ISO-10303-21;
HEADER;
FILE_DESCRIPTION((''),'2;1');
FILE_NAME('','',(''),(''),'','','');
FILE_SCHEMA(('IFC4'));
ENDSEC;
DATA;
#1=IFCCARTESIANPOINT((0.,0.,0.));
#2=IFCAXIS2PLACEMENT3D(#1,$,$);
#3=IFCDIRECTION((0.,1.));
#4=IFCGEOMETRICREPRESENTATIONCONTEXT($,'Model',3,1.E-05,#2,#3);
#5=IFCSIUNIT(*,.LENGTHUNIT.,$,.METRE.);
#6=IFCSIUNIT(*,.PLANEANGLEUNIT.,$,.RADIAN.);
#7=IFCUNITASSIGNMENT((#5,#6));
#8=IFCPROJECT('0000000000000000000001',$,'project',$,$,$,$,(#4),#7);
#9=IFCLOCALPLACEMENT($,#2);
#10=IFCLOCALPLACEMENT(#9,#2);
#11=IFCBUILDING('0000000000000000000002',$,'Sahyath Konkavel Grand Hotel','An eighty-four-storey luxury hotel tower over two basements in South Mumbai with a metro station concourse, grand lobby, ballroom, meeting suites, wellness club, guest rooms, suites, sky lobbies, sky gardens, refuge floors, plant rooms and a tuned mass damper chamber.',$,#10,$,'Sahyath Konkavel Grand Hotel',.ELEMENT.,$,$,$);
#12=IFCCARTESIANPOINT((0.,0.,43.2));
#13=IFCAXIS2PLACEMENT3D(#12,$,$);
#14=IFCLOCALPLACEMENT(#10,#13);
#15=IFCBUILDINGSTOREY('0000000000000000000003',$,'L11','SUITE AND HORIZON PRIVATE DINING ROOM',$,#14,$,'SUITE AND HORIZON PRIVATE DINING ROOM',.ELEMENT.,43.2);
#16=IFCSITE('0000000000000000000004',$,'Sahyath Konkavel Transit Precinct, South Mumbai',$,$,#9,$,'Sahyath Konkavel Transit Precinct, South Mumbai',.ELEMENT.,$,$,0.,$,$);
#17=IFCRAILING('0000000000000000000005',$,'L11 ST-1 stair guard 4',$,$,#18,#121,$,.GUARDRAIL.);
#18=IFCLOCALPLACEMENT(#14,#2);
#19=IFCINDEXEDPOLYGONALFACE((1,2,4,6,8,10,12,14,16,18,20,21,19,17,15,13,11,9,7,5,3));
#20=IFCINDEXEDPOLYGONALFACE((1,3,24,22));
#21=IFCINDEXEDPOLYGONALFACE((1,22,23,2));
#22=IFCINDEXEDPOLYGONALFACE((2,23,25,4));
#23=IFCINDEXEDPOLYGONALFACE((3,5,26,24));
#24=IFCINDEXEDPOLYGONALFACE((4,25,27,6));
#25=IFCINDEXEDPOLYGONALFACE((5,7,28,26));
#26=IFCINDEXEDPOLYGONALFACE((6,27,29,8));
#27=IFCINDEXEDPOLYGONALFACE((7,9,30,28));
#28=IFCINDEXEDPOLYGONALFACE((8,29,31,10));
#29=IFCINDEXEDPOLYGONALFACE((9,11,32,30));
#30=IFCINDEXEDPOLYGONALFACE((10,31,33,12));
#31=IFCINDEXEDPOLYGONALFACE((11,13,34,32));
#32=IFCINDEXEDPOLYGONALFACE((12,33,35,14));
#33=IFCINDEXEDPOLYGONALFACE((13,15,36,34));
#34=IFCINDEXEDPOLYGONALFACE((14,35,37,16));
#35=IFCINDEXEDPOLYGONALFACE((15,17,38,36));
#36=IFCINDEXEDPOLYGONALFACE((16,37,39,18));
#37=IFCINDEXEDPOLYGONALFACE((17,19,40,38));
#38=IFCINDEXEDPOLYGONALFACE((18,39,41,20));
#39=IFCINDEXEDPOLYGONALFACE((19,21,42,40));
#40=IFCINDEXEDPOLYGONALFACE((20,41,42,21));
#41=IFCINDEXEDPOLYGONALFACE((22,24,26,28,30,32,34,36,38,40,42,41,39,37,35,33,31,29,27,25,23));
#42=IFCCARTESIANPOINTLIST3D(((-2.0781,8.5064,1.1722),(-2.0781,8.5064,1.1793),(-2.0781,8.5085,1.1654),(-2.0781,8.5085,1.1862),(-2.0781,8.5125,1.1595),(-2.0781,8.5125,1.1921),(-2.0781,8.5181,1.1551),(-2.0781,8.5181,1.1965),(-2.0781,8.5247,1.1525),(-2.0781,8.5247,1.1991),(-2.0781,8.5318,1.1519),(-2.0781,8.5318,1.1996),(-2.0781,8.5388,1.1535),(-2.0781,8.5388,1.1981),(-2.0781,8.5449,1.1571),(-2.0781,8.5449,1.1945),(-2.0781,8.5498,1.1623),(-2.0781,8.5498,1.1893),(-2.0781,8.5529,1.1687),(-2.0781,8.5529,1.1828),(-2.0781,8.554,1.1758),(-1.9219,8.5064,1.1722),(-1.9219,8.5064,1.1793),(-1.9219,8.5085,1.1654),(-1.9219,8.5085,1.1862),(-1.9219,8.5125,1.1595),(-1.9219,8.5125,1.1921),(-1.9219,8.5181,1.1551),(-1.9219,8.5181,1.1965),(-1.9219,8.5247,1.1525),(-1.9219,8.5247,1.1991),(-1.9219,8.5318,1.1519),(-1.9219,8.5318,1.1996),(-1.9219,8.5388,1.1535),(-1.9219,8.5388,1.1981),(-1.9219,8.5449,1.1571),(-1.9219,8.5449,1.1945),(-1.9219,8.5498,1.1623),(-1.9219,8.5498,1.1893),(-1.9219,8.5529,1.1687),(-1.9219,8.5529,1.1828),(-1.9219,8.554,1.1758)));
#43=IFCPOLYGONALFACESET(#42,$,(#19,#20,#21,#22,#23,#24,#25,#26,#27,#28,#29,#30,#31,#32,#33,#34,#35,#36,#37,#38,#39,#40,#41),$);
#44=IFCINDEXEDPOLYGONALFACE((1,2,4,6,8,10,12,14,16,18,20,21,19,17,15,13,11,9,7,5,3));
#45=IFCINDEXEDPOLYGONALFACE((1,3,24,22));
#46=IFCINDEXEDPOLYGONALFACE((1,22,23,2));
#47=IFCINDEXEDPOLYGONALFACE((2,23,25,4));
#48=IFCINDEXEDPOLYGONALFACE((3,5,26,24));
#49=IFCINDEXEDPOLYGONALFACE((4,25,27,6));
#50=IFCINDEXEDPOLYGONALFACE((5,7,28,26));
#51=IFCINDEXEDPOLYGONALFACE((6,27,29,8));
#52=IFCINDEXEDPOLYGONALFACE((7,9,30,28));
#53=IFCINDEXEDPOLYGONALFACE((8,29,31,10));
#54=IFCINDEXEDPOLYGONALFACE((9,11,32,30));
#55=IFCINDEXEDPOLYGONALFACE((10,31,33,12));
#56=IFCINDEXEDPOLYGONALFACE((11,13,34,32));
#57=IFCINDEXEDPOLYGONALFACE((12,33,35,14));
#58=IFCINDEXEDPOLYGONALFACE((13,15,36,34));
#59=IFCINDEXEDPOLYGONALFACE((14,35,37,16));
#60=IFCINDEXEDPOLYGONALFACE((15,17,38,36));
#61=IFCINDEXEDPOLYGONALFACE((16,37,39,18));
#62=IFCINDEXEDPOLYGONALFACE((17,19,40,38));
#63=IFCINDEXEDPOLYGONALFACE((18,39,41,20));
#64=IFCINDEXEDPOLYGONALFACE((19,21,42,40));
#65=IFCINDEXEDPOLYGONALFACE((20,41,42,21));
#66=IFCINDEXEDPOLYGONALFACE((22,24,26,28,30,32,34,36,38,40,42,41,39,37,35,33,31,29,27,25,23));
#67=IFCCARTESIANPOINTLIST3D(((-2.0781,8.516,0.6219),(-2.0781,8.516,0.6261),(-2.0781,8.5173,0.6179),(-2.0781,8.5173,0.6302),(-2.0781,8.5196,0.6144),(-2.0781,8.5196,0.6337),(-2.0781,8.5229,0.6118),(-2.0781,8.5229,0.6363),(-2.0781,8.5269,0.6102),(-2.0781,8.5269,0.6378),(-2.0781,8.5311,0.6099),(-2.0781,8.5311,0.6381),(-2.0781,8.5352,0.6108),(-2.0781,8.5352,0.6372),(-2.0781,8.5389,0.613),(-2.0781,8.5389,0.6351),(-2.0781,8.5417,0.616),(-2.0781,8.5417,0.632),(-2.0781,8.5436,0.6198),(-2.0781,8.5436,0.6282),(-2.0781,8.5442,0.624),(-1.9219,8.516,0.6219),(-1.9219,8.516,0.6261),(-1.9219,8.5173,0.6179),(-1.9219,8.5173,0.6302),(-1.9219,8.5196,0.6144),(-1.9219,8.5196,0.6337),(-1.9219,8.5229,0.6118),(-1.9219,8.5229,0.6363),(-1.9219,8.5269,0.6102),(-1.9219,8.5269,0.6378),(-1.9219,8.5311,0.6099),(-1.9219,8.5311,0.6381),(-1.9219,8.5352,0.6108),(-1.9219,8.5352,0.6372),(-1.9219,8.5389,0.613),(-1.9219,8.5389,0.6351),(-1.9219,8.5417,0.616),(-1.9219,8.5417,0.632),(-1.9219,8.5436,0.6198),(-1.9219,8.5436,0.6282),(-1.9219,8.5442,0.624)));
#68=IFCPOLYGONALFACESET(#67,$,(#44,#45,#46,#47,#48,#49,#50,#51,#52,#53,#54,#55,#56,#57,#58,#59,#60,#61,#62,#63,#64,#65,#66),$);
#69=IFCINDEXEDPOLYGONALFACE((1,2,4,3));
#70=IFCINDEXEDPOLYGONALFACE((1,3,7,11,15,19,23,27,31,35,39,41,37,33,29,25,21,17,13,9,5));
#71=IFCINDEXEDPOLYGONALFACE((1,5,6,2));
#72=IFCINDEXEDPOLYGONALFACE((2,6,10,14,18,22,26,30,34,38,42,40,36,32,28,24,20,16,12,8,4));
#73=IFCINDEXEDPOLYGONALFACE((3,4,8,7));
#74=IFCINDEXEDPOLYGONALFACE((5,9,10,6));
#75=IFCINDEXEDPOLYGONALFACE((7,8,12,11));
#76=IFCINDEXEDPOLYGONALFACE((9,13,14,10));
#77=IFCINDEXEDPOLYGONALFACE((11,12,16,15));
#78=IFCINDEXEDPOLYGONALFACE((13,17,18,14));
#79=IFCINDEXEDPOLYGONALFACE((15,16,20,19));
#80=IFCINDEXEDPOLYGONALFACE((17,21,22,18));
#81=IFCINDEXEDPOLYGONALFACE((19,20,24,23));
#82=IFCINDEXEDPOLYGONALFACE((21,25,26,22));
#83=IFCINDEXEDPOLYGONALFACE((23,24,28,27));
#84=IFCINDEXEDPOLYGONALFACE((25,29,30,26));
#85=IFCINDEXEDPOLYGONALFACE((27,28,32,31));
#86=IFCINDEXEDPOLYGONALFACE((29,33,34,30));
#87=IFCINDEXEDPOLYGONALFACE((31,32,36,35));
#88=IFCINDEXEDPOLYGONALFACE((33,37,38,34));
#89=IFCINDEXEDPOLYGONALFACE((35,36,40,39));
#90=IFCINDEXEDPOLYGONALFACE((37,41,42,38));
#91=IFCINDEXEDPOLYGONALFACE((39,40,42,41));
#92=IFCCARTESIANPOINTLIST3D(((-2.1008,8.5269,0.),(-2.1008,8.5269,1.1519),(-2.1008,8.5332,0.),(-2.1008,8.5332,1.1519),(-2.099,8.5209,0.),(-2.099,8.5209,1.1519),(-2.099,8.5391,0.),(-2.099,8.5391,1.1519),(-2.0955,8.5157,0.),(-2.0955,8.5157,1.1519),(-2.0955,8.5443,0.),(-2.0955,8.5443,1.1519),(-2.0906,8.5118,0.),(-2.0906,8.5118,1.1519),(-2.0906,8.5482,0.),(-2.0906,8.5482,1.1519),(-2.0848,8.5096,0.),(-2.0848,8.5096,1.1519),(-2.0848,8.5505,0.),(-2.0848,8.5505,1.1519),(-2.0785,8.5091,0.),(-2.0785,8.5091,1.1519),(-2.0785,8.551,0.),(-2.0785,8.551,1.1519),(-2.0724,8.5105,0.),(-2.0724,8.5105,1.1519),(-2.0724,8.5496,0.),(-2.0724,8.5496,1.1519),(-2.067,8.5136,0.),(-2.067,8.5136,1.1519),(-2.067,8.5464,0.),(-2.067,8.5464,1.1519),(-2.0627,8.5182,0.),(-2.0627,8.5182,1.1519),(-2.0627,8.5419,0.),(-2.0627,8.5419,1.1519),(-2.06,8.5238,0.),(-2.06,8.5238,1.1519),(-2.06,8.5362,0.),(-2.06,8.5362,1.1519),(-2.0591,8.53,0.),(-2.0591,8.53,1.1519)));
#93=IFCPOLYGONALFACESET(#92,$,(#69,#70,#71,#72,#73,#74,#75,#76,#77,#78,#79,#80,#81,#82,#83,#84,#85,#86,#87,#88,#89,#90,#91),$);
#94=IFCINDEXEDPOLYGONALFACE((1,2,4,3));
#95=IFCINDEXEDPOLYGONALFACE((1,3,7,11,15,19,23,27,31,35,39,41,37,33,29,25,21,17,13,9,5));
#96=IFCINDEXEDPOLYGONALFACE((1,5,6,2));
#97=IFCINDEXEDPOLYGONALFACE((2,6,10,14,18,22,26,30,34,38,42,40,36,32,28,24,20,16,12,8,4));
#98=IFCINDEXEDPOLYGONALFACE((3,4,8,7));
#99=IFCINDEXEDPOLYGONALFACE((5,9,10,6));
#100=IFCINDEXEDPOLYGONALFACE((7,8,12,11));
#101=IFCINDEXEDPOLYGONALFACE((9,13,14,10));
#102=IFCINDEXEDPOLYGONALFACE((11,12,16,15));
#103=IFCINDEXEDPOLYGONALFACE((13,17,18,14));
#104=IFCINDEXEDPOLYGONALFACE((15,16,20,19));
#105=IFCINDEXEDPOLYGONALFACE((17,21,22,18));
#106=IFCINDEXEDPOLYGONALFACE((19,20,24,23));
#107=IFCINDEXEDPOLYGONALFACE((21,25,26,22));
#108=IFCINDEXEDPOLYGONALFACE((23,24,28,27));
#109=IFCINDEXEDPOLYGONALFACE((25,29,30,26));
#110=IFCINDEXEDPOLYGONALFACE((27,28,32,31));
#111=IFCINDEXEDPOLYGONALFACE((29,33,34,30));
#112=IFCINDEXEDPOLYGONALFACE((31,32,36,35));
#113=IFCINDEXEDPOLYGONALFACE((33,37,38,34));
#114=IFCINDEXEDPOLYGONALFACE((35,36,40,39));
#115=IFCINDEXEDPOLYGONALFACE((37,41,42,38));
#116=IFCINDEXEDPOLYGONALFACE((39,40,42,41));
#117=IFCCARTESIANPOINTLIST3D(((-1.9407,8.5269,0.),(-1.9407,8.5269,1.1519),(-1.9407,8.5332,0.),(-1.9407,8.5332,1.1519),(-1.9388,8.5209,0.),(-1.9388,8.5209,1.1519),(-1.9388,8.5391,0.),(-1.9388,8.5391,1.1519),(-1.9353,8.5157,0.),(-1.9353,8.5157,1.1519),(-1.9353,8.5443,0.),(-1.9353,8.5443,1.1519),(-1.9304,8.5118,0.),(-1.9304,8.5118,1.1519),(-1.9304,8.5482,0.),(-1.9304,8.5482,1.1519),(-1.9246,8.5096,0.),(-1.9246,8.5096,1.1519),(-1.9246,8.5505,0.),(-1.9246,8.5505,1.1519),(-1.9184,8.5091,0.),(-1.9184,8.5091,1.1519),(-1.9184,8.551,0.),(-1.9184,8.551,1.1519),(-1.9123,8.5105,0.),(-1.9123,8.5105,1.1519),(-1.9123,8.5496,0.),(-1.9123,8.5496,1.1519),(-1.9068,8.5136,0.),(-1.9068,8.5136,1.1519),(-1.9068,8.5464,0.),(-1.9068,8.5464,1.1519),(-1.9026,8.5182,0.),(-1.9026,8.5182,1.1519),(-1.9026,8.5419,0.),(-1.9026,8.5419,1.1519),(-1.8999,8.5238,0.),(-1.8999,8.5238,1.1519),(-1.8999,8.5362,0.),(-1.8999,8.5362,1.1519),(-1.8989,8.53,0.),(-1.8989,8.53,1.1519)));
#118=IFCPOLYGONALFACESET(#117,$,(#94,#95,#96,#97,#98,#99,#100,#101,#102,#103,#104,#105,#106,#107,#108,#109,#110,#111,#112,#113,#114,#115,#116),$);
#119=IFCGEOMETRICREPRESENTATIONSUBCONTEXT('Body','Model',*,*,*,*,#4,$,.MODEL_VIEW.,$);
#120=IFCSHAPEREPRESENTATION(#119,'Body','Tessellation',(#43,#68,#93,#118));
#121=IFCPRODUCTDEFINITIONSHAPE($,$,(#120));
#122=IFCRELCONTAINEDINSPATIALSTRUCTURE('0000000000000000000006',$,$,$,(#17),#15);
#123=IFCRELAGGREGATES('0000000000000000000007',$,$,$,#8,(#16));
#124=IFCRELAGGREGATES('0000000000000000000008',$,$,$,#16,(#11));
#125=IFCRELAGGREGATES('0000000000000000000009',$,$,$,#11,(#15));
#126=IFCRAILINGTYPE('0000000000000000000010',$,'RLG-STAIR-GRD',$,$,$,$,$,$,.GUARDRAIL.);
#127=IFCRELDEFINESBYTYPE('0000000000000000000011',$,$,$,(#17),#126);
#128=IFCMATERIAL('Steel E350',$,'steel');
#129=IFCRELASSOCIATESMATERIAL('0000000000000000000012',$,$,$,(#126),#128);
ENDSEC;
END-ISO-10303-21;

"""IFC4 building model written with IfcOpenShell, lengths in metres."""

from ifc_helpers import new_model, si_unit, direction, frame, origin, origin_2d, place, context, subcontext, project, spatial, circle, extrude, material, type_object, element, save


model = new_model("IFC4")

# Units and contexts
model_context = context("Model", 3, precision=1e-05, world=origin(), true_north=direction((0.0, 1.0)))
body_context = subcontext(model_context, "Body", "Model", "MODEL_VIEW")
ifc_project = project(units=[si_unit("LENGTHUNIT", "METRE"), si_unit("PLANEANGLEUNIT", "RADIAN")], contexts=[model_context])

# Site, building, storey
site_placement = place(None, origin())
site = spatial("IfcSite", under=ifc_project, at=site_placement, Name="Sahyath Konkavel Transit Precinct, South Mumbai", LongName="Sahyath Konkavel Transit Precinct, South Mumbai", CompositionType="ELEMENT", RefElevation=0.0)
building_placement = place(site_placement, origin())
building = spatial("IfcBuilding", under=site, at=building_placement, Name="Sahyath Konkavel Grand Hotel", Description="An eighty-four-storey luxury hotel tower over two basements in South Mumbai with a metro station concourse, grand lobby, ballroom, meeting suites, wellness club, guest rooms, suites, sky lobbies, sky gardens, refuge floors, plant rooms and a tuned mass damper chamber.", LongName="Sahyath Konkavel Grand Hotel", CompositionType="ELEMENT")
storey_placement = place(building_placement, frame((0.0, 0.0, 43.2)))
storey = spatial("IfcBuildingStorey", under=building, at=storey_placement, Name="L11", Description="SUITE AND HORIZON PRIVATE DINING ROOM", LongName="SUITE AND HORIZON PRIVATE DINING ROOM", CompositionType="ELEMENT", Elevation=43.2)

# Shared definitions
ifc_material_1 = material(Name="Steel E350", Category="steel")

# Railing
railing_type_1 = type_object("IfcRailingType", Name="RLG-STAIR-GRD", PredefinedType="GUARDRAIL", material=ifc_material_1)
railing_1_placement = place(storey_placement, frame((-2.0801, 8.53, 0.0)))
element("IfcRailing", 1, at=railing_1_placement, inside=storey, type_object=railing_type_1, Name="L11 ST-1 stair guard 4", PredefinedType="GUARDRAIL", context=body_context, shape_type="SweptSolid", body=[
    extrude(circle(Radius=0.0239, at=origin_2d()), frame((0.002, 0.0, 1.1758), z_axis=(1.0, 0.0, 0.0), x_axis=(0.0, 1.0, 0.0)), (0.0, 0.0, 1.0), 0.1562),
    extrude(circle(Radius=0.0142, at=origin_2d()), frame((0.002, 0.0, 0.624), z_axis=(1.0, 0.0, 0.0), x_axis=(0.0, 1.0, 0.0)), (0.0, 0.0, 1.0), 0.1562),
    extrude(circle(Radius=0.021, at=origin_2d()), origin(), (0.0, 0.0, 1.0), 1.1519),
    extrude(circle(Radius=0.021, at=origin_2d()), frame((0.1602, 0.0, 0.0)), (0.0, 0.0, 1.0), 1.1519),
])

save(model, "model.ifc")
